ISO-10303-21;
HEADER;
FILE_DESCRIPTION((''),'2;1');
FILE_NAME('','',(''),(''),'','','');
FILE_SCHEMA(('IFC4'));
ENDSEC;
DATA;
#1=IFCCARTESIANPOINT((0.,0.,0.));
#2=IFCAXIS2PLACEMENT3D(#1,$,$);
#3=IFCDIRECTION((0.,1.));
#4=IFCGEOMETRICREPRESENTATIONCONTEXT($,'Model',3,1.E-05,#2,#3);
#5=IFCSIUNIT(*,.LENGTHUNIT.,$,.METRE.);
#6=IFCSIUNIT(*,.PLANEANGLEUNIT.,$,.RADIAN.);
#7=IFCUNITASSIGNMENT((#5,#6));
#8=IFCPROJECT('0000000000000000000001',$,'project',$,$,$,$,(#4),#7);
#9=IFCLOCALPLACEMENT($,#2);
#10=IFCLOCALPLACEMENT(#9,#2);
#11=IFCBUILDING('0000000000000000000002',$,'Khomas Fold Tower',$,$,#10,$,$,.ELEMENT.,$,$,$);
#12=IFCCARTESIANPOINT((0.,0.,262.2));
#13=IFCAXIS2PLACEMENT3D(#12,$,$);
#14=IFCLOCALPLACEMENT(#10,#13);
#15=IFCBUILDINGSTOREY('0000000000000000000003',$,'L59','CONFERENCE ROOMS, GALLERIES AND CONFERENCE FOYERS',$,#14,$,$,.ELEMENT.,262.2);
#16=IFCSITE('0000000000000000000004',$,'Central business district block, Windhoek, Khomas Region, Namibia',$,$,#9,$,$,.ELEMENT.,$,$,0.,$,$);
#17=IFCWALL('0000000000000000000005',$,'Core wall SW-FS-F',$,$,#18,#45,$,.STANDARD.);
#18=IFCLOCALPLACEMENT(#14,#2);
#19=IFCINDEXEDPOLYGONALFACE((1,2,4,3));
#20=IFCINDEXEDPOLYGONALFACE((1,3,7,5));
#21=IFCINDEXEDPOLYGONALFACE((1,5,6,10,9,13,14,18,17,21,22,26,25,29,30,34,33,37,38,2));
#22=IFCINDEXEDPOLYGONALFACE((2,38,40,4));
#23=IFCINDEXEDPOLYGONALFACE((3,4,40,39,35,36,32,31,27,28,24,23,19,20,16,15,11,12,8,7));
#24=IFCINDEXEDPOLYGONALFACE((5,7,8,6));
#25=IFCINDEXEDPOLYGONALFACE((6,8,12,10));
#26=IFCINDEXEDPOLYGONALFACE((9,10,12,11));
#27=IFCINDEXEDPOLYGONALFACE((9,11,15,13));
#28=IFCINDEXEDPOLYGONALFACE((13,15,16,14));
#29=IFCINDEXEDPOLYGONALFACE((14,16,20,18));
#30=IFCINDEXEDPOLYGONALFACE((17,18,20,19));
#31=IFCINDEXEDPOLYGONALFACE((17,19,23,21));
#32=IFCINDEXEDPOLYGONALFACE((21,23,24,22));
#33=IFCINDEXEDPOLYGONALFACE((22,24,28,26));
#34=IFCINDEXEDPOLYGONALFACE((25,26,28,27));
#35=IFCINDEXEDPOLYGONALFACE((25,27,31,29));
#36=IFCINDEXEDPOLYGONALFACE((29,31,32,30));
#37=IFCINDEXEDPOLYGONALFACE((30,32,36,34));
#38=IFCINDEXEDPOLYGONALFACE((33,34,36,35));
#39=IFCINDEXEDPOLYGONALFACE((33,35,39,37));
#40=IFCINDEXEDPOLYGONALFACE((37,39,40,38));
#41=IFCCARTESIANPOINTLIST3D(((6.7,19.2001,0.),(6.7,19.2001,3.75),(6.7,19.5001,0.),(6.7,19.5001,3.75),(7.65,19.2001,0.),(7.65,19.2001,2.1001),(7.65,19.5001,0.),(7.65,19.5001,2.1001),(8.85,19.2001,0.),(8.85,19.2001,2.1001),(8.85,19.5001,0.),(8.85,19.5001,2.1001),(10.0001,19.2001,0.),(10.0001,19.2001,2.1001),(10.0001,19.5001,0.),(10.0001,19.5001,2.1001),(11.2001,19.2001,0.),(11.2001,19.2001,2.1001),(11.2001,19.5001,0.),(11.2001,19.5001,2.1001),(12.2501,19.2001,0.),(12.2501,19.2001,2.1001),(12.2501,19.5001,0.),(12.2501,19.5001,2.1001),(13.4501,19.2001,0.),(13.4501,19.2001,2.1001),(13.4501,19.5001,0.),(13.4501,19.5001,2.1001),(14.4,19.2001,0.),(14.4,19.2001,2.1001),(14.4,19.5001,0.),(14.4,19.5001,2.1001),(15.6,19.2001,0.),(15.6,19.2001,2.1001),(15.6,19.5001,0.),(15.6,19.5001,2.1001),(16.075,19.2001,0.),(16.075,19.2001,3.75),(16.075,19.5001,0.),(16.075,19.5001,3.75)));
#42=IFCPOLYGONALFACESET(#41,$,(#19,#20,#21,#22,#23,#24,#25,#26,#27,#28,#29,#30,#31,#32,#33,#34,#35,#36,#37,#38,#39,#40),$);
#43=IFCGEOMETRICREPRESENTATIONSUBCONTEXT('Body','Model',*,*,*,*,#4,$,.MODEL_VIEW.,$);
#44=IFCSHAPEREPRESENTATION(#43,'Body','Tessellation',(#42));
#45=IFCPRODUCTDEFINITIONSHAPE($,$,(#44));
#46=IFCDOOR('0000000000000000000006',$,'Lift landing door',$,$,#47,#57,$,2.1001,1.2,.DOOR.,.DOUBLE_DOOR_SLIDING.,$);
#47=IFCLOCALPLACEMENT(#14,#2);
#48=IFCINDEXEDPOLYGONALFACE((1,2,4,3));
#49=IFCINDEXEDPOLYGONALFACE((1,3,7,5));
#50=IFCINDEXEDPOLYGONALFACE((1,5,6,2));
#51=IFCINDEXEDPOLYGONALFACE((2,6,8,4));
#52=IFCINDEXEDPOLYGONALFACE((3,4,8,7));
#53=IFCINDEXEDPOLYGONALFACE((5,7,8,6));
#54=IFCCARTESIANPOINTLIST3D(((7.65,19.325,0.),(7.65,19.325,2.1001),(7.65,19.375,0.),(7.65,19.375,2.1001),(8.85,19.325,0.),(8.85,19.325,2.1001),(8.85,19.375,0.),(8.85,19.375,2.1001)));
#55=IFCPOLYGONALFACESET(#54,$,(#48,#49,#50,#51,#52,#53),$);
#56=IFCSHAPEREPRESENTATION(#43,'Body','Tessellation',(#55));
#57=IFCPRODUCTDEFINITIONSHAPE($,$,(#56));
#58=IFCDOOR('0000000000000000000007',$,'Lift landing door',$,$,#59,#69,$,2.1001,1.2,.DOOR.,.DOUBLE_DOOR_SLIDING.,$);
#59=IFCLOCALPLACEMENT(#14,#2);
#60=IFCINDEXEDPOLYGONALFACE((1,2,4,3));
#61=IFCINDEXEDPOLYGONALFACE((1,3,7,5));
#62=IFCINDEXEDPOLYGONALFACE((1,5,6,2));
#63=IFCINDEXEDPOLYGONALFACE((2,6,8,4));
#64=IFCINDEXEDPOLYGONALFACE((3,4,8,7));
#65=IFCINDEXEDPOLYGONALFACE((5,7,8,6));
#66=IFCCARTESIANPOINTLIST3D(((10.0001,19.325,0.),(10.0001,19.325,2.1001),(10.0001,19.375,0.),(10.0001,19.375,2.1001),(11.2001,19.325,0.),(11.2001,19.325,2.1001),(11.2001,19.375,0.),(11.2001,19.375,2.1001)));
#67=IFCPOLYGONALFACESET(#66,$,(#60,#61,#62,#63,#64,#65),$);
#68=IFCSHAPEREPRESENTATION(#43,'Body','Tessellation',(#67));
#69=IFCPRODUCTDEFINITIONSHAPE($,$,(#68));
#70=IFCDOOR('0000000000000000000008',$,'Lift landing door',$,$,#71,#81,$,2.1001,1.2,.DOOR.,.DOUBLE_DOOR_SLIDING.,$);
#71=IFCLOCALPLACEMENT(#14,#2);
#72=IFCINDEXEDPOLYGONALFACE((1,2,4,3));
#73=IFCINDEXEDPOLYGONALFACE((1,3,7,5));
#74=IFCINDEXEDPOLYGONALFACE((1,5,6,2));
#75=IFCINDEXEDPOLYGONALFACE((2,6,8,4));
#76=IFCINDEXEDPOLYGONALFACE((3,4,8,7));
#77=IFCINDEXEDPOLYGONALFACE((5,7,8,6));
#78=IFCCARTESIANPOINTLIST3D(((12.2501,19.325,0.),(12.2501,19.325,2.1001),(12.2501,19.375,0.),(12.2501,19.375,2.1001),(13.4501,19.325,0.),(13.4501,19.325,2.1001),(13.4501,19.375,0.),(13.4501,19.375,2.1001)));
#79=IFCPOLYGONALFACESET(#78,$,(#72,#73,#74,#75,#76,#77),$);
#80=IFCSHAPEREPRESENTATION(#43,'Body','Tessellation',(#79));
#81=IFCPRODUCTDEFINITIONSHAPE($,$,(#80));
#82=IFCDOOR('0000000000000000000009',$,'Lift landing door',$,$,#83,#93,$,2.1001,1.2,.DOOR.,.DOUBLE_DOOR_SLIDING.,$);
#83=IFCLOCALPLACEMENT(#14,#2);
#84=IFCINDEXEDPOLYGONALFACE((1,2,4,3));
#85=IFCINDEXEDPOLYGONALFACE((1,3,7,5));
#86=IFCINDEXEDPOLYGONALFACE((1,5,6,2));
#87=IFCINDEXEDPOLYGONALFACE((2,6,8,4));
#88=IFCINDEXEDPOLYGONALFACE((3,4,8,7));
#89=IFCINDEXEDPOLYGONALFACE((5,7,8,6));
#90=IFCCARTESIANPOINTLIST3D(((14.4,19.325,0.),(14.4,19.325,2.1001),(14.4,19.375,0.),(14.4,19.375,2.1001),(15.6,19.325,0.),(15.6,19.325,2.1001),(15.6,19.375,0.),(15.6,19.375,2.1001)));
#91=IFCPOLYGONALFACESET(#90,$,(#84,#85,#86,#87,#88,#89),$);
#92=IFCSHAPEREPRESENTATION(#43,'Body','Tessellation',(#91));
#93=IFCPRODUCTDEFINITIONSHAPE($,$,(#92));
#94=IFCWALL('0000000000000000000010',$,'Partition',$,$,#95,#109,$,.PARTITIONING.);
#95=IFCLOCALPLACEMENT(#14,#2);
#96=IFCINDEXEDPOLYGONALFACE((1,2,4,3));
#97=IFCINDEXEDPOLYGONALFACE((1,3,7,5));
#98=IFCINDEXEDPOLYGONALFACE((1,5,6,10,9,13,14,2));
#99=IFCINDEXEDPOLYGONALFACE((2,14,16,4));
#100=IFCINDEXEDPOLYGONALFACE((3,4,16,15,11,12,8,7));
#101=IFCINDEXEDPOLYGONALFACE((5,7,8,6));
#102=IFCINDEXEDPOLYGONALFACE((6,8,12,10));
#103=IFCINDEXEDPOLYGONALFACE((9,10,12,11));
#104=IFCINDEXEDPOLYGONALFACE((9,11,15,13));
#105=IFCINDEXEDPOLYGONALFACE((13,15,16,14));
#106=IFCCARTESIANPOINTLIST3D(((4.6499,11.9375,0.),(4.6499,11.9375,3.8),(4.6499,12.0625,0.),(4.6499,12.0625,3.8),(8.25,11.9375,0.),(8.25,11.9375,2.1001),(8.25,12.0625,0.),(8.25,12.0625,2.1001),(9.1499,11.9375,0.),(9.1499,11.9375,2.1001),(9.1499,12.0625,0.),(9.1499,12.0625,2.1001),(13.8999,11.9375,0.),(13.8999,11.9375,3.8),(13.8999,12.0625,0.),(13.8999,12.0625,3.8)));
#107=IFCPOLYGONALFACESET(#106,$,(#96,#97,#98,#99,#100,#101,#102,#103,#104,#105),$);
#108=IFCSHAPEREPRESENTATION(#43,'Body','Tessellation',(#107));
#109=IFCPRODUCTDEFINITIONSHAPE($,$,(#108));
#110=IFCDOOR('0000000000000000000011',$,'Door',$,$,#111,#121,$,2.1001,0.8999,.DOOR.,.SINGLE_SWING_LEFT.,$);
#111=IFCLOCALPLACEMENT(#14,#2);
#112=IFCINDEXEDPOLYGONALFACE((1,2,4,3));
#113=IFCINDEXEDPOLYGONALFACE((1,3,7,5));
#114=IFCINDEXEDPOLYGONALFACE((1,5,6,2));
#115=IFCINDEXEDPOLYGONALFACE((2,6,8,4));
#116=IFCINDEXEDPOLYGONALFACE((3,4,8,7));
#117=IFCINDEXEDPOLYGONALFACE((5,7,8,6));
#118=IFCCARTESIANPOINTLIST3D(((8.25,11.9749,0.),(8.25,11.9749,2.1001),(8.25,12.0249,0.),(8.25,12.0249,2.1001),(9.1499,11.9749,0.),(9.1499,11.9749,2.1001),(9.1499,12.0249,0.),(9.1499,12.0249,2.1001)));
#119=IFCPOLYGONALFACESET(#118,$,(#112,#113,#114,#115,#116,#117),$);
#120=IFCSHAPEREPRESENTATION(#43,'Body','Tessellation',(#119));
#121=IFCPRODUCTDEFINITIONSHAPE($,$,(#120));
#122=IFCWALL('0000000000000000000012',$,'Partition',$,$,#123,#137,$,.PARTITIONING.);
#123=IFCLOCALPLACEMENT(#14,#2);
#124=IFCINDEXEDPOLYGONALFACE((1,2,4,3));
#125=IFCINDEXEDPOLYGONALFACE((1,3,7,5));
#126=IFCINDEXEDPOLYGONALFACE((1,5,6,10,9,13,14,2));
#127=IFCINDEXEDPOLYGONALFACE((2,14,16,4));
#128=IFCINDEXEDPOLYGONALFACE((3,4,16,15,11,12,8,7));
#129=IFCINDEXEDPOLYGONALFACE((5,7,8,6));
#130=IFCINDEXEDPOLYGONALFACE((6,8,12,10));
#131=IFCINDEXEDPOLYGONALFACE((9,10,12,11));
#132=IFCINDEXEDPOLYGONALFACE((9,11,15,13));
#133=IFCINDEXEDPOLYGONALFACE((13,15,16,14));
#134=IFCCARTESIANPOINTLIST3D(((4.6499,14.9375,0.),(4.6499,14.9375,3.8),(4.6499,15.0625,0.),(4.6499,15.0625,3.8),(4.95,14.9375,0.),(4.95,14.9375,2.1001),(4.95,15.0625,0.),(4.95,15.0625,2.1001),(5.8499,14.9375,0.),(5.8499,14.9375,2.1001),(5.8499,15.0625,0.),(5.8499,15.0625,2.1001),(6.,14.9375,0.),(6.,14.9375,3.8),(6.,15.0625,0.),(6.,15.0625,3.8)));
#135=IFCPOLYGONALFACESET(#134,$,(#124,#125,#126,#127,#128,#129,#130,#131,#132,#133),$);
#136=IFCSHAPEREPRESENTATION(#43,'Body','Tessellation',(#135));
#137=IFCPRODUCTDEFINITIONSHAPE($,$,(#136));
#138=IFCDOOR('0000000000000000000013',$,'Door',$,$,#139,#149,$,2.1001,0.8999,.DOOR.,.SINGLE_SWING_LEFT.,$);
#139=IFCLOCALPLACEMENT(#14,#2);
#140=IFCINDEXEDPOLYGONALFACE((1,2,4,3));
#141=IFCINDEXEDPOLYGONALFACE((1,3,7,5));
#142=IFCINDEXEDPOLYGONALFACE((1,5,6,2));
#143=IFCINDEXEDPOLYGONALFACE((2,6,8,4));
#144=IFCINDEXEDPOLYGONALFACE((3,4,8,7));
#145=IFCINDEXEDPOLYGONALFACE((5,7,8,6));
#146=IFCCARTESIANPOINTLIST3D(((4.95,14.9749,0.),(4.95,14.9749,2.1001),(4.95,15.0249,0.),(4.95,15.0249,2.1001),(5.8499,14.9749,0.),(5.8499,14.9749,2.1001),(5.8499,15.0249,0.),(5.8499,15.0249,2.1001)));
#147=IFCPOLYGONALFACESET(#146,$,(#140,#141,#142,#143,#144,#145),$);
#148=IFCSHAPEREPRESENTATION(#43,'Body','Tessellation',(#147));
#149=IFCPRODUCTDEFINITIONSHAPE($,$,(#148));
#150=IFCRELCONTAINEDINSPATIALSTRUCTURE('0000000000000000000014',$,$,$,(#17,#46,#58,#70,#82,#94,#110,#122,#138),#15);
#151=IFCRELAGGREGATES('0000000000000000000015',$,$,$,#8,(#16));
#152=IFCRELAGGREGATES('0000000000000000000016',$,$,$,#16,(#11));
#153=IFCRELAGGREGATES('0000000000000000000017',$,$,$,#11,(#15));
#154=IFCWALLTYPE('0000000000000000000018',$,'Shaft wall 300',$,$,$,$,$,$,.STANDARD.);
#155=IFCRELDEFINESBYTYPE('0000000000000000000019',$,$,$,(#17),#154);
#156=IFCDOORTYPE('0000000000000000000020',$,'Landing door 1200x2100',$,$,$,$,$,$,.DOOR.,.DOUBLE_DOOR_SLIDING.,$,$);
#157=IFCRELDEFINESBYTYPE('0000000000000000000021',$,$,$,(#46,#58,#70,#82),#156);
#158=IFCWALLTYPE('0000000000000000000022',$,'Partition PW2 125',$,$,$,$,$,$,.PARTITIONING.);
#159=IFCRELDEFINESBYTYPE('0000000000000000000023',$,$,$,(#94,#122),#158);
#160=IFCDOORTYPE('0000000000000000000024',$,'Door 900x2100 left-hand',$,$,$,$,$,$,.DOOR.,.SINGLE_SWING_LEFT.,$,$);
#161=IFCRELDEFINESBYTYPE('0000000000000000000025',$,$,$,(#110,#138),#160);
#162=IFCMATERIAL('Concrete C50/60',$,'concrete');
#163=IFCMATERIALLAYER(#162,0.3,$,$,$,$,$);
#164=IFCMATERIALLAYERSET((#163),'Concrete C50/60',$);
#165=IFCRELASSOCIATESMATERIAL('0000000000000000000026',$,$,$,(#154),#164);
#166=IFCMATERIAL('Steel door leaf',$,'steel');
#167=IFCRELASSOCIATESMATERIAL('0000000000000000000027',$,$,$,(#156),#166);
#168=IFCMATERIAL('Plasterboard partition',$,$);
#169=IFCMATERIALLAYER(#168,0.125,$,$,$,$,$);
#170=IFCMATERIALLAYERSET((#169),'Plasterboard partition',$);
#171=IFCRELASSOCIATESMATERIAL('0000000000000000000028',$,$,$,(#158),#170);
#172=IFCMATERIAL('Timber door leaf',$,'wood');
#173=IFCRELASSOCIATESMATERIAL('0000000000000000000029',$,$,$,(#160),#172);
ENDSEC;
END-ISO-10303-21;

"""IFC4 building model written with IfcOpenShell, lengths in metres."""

from ifc_helpers import new_model, si_unit, direction, frame, frame_2d, origin, place, context, subcontext, project, spatial, rectangle, extrude, source, transform, mapped, material, layer, layer_set, type_object, element, fill, save


model = new_model("IFC4")

# Units and contexts
model_context = context("Model", 3, precision=1e-05, world=origin(), true_north=direction((0.0, 1.0)))
body_context = subcontext(model_context, "Body", "Model", "MODEL_VIEW")
ifc_project = project(units=[si_unit("LENGTHUNIT", "METRE"), si_unit("PLANEANGLEUNIT", "RADIAN")], contexts=[model_context])

# Site, building, storey
site_placement = place(None, origin())
site = spatial("IfcSite", under=ifc_project, at=site_placement, Name="Central business district block, Windhoek, Khomas Region, Namibia", CompositionType="ELEMENT", RefElevation=0.0)
building_placement = place(site_placement, origin())
building = spatial("IfcBuilding", under=site, at=building_placement, Name="Khomas Fold Tower", CompositionType="ELEMENT")
storey_placement = place(building_placement, frame((0.0, 0.0, 262.2)))
storey = spatial("IfcBuildingStorey", under=building, at=storey_placement, Name="L59", Description="CONFERENCE ROOMS, GALLERIES AND CONFERENCE FOYERS", CompositionType="ELEMENT", Elevation=262.2)

# Shared definitions
ifc_material_1 = material(Name="Concrete C50/60", Category="concrete")
ifc_layer_1 = layer(ifc_material_1, 0.3)
ifc_layer_set_1 = layer_set([ifc_layer_1], Name="Concrete C50/60")
wall_type_1 = type_object("IfcWallType", Name="Shaft wall 300", PredefinedType="STANDARD", material=ifc_layer_set_1)

# Wall, openings, doors
shared_shape_1 = source(origin(), body_context, "Body", "SweptSolid", [
    extrude(rectangle(XDim=9.375, YDim=0.3, at=frame_2d((4.6875, 0.0))), origin(), (0.0, 0.0, 1.0), 3.75),
])
wall_1_placement = place(storey_placement, frame((6.7, 19.3501, 0.0), z_axis=(0.0, 0.0, 1.0), x_axis=(1.0, 0.0, 0.0)))
wall_1 = element("IfcWall", 1, at=wall_1_placement, inside=storey, type_object=wall_type_1, Name="Core wall SW-FS-F", PredefinedType="STANDARD", context=body_context, shape_type="MappedRepresentation", body=[
    mapped(shared_shape_1, transform((0.0, 0.0, 0.0))),
])
shared_shape_2 = source(origin(), body_context, "Body", "SweptSolid", [
    extrude(rectangle(XDim=1.2, YDim=2.1001, at=frame_2d((0.6001, 1.05))), frame((0.0, 0.1599, 0.0), z_axis=(0.0, -1.0, 0.0), x_axis=(1.0, 0.0, 0.0)), (0.0, 0.0, 1.0), 0.3201),
])
opening_1_placement = place(wall_1_placement, frame((0.95, 0.0, 0.0)))
opening_1 = element("IfcOpeningElement", 2, at=opening_1_placement, cuts=wall_1, PredefinedType="OPENING", context=body_context, shape_type="MappedRepresentation", body=[
    mapped(shared_shape_2, transform((0.0, 0.0, 0.0))),
])
opening_2_placement = place(wall_1_placement, frame((3.3, 0.0, 0.0)))
opening_2 = element("IfcOpeningElement", 3, at=opening_2_placement, cuts=wall_1, PredefinedType="OPENING", context=body_context, shape_type="MappedRepresentation", body=[
    mapped(shared_shape_2, transform((0.0, 0.0, 0.0))),
])
opening_3_placement = place(wall_1_placement, frame((5.55, 0.0, 0.0)))
opening_3 = element("IfcOpeningElement", 4, at=opening_3_placement, cuts=wall_1, PredefinedType="OPENING", context=body_context, shape_type="MappedRepresentation", body=[
    mapped(shared_shape_2, transform((0.0, 0.0, 0.0))),
])
opening_4_placement = place(wall_1_placement, frame((7.7, 0.0, 0.0)))
opening_4 = element("IfcOpeningElement", 5, at=opening_4_placement, cuts=wall_1, PredefinedType="OPENING", context=body_context, shape_type="MappedRepresentation", body=[
    mapped(shared_shape_2, transform((0.0, 0.0, 0.0))),
])
ifc_material_2 = material(Name="Steel door leaf", Category="steel")
door_type_1 = type_object("IfcDoorType", Name="Landing door 1200x2100", OperationType="DOUBLE_DOOR_SLIDING", PredefinedType="DOOR", material=ifc_material_2)
shared_shape_3 = source(origin(), body_context, "Body", "SweptSolid", [
    extrude(rectangle(XDim=1.2, YDim=2.1001, at=frame_2d((0.6001, 1.05))), frame((0.0, 0.0249, 0.0), z_axis=(0.0, -1.0, 0.0), x_axis=(1.0, 0.0, 0.0)), (0.0, 0.0, 1.0), 0.05),
])
door_1_placement = place(opening_1_placement, origin())
door_1 = element("IfcDoor", 6, at=door_1_placement, inside=storey, type_object=door_type_1, Name="Lift landing door", OperationType="DOUBLE_DOOR_SLIDING", OverallHeight=2.1001, OverallWidth=1.2, PredefinedType="DOOR", context=body_context, shape_type="MappedRepresentation", body=[
    mapped(shared_shape_3, transform((0.0, 0.0, 0.0))),
])
fill(opening_1, door_1)
door_2_placement = place(opening_2_placement, origin())
door_2 = element("IfcDoor", 7, at=door_2_placement, inside=storey, type_object=door_type_1, Name="Lift landing door", OperationType="DOUBLE_DOOR_SLIDING", OverallHeight=2.1001, OverallWidth=1.2, PredefinedType="DOOR", context=body_context, shape_type="MappedRepresentation", body=[
    mapped(shared_shape_3, transform((0.0, 0.0, 0.0))),
])
fill(opening_2, door_2)
door_3_placement = place(opening_3_placement, origin())
door_3 = element("IfcDoor", 8, at=door_3_placement, inside=storey, type_object=door_type_1, Name="Lift landing door", OperationType="DOUBLE_DOOR_SLIDING", OverallHeight=2.1001, OverallWidth=1.2, PredefinedType="DOOR", context=body_context, shape_type="MappedRepresentation", body=[
    mapped(shared_shape_3, transform((0.0, 0.0, 0.0))),
])
fill(opening_3, door_3)
door_4_placement = place(opening_4_placement, origin())
door_4 = element("IfcDoor", 9, at=door_4_placement, inside=storey, type_object=door_type_1, Name="Lift landing door", OperationType="DOUBLE_DOOR_SLIDING", OverallHeight=2.1001, OverallWidth=1.2, PredefinedType="DOOR", context=body_context, shape_type="MappedRepresentation", body=[
    mapped(shared_shape_3, transform((0.0, 0.0, 0.0))),
])
fill(opening_4, door_4)

# Walls, openings, doors
ifc_material_3 = material(Name="Plasterboard partition")
ifc_layer_2 = layer(ifc_material_3, 0.125)
ifc_layer_set_2 = layer_set([ifc_layer_2], Name="Plasterboard partition")
wall_type_2 = type_object("IfcWallType", Name="Partition PW2 125", PredefinedType="PARTITIONING", material=ifc_layer_set_2)
shared_shape_4 = source(origin(), body_context, "Body", "SweptSolid", [
    extrude(rectangle(XDim=9.25, YDim=0.125, at=frame_2d((4.625, 0.0))), origin(), (0.0, 0.0, 1.0), 3.8),
])
wall_2_placement = place(storey_placement, frame((4.6499, 12.0, 0.0), z_axis=(0.0, 0.0, 1.0), x_axis=(1.0, 0.0, 0.0)))
wall_2 = element("IfcWall", 10, at=wall_2_placement, inside=storey, type_object=wall_type_2, Name="Partition", PredefinedType="PARTITIONING", context=body_context, shape_type="MappedRepresentation", body=[
    mapped(shared_shape_4, transform((0.0, 0.0, 0.0))),
])
shared_shape_5 = source(origin(), body_context, "Body", "SweptSolid", [
    extrude(rectangle(XDim=0.8999, YDim=2.1001, at=frame_2d((0.45, 1.05))), frame((0.0, 0.0725, 0.0), z_axis=(0.0, -1.0, 0.0), x_axis=(1.0, 0.0, 0.0)), (0.0, 0.0, 1.0), 0.145),
])
opening_5_placement = place(wall_2_placement, frame((3.6001, 0.0, 0.0)))
opening_5 = element("IfcOpeningElement", 11, at=opening_5_placement, cuts=wall_2, PredefinedType="OPENING", context=body_context, shape_type="MappedRepresentation", body=[
    mapped(shared_shape_5, transform((0.0, 0.0, 0.0))),
])
ifc_material_4 = material(Name="Timber door leaf", Category="wood")
door_type_2 = type_object("IfcDoorType", Name="Door 900x2100 left-hand", OperationType="SINGLE_SWING_LEFT", PredefinedType="DOOR", material=ifc_material_4)
shared_shape_6 = source(origin(), body_context, "Body", "SweptSolid", [
    extrude(rectangle(XDim=0.8999, YDim=2.1001, at=frame_2d((0.45, 1.05))), frame((0.0, 0.0249, 0.0), z_axis=(0.0, -1.0, 0.0), x_axis=(1.0, 0.0, 0.0)), (0.0, 0.0, 1.0), 0.05),
])
door_5_placement = place(opening_5_placement, origin())
door_5 = element("IfcDoor", 12, at=door_5_placement, inside=storey, type_object=door_type_2, Name="Door", OperationType="SINGLE_SWING_LEFT", OverallHeight=2.1001, OverallWidth=0.8999, PredefinedType="DOOR", context=body_context, shape_type="MappedRepresentation", body=[
    mapped(shared_shape_6, transform((0.0, 0.0, 0.0))),
])
fill(opening_5, door_5)
shared_shape_7 = source(origin(), body_context, "Body", "SweptSolid", [
    extrude(rectangle(XDim=1.3501, YDim=0.125, at=frame_2d((0.675, 0.0))), origin(), (0.0, 0.0, 1.0), 3.8),
])
wall_3_placement = place(storey_placement, frame((4.6499, 15.0, 0.0), z_axis=(0.0, 0.0, 1.0), x_axis=(1.0, 0.0, 0.0)))
wall_3 = element("IfcWall", 13, at=wall_3_placement, inside=storey, type_object=wall_type_2, Name="Partition", PredefinedType="PARTITIONING", context=body_context, shape_type="MappedRepresentation", body=[
    mapped(shared_shape_7, transform((0.0, 0.0, 0.0))),
])
opening_6_placement = place(wall_3_placement, frame((0.3, 0.0, 0.0)))
opening_6 = element("IfcOpeningElement", 14, at=opening_6_placement, cuts=wall_3, PredefinedType="OPENING", context=body_context, shape_type="MappedRepresentation", body=[
    mapped(shared_shape_5, transform((0.0, 0.0, 0.0))),
])
door_6_placement = place(opening_6_placement, origin())
door_6 = element("IfcDoor", 15, at=door_6_placement, inside=storey, type_object=door_type_2, Name="Door", OperationType="SINGLE_SWING_LEFT", OverallHeight=2.1001, OverallWidth=0.8999, PredefinedType="DOOR", context=body_context, shape_type="MappedRepresentation", body=[
    mapped(shared_shape_6, transform((0.0, 0.0, 0.0))),
])
fill(opening_6, door_6)

save(model, "model.ifc")
